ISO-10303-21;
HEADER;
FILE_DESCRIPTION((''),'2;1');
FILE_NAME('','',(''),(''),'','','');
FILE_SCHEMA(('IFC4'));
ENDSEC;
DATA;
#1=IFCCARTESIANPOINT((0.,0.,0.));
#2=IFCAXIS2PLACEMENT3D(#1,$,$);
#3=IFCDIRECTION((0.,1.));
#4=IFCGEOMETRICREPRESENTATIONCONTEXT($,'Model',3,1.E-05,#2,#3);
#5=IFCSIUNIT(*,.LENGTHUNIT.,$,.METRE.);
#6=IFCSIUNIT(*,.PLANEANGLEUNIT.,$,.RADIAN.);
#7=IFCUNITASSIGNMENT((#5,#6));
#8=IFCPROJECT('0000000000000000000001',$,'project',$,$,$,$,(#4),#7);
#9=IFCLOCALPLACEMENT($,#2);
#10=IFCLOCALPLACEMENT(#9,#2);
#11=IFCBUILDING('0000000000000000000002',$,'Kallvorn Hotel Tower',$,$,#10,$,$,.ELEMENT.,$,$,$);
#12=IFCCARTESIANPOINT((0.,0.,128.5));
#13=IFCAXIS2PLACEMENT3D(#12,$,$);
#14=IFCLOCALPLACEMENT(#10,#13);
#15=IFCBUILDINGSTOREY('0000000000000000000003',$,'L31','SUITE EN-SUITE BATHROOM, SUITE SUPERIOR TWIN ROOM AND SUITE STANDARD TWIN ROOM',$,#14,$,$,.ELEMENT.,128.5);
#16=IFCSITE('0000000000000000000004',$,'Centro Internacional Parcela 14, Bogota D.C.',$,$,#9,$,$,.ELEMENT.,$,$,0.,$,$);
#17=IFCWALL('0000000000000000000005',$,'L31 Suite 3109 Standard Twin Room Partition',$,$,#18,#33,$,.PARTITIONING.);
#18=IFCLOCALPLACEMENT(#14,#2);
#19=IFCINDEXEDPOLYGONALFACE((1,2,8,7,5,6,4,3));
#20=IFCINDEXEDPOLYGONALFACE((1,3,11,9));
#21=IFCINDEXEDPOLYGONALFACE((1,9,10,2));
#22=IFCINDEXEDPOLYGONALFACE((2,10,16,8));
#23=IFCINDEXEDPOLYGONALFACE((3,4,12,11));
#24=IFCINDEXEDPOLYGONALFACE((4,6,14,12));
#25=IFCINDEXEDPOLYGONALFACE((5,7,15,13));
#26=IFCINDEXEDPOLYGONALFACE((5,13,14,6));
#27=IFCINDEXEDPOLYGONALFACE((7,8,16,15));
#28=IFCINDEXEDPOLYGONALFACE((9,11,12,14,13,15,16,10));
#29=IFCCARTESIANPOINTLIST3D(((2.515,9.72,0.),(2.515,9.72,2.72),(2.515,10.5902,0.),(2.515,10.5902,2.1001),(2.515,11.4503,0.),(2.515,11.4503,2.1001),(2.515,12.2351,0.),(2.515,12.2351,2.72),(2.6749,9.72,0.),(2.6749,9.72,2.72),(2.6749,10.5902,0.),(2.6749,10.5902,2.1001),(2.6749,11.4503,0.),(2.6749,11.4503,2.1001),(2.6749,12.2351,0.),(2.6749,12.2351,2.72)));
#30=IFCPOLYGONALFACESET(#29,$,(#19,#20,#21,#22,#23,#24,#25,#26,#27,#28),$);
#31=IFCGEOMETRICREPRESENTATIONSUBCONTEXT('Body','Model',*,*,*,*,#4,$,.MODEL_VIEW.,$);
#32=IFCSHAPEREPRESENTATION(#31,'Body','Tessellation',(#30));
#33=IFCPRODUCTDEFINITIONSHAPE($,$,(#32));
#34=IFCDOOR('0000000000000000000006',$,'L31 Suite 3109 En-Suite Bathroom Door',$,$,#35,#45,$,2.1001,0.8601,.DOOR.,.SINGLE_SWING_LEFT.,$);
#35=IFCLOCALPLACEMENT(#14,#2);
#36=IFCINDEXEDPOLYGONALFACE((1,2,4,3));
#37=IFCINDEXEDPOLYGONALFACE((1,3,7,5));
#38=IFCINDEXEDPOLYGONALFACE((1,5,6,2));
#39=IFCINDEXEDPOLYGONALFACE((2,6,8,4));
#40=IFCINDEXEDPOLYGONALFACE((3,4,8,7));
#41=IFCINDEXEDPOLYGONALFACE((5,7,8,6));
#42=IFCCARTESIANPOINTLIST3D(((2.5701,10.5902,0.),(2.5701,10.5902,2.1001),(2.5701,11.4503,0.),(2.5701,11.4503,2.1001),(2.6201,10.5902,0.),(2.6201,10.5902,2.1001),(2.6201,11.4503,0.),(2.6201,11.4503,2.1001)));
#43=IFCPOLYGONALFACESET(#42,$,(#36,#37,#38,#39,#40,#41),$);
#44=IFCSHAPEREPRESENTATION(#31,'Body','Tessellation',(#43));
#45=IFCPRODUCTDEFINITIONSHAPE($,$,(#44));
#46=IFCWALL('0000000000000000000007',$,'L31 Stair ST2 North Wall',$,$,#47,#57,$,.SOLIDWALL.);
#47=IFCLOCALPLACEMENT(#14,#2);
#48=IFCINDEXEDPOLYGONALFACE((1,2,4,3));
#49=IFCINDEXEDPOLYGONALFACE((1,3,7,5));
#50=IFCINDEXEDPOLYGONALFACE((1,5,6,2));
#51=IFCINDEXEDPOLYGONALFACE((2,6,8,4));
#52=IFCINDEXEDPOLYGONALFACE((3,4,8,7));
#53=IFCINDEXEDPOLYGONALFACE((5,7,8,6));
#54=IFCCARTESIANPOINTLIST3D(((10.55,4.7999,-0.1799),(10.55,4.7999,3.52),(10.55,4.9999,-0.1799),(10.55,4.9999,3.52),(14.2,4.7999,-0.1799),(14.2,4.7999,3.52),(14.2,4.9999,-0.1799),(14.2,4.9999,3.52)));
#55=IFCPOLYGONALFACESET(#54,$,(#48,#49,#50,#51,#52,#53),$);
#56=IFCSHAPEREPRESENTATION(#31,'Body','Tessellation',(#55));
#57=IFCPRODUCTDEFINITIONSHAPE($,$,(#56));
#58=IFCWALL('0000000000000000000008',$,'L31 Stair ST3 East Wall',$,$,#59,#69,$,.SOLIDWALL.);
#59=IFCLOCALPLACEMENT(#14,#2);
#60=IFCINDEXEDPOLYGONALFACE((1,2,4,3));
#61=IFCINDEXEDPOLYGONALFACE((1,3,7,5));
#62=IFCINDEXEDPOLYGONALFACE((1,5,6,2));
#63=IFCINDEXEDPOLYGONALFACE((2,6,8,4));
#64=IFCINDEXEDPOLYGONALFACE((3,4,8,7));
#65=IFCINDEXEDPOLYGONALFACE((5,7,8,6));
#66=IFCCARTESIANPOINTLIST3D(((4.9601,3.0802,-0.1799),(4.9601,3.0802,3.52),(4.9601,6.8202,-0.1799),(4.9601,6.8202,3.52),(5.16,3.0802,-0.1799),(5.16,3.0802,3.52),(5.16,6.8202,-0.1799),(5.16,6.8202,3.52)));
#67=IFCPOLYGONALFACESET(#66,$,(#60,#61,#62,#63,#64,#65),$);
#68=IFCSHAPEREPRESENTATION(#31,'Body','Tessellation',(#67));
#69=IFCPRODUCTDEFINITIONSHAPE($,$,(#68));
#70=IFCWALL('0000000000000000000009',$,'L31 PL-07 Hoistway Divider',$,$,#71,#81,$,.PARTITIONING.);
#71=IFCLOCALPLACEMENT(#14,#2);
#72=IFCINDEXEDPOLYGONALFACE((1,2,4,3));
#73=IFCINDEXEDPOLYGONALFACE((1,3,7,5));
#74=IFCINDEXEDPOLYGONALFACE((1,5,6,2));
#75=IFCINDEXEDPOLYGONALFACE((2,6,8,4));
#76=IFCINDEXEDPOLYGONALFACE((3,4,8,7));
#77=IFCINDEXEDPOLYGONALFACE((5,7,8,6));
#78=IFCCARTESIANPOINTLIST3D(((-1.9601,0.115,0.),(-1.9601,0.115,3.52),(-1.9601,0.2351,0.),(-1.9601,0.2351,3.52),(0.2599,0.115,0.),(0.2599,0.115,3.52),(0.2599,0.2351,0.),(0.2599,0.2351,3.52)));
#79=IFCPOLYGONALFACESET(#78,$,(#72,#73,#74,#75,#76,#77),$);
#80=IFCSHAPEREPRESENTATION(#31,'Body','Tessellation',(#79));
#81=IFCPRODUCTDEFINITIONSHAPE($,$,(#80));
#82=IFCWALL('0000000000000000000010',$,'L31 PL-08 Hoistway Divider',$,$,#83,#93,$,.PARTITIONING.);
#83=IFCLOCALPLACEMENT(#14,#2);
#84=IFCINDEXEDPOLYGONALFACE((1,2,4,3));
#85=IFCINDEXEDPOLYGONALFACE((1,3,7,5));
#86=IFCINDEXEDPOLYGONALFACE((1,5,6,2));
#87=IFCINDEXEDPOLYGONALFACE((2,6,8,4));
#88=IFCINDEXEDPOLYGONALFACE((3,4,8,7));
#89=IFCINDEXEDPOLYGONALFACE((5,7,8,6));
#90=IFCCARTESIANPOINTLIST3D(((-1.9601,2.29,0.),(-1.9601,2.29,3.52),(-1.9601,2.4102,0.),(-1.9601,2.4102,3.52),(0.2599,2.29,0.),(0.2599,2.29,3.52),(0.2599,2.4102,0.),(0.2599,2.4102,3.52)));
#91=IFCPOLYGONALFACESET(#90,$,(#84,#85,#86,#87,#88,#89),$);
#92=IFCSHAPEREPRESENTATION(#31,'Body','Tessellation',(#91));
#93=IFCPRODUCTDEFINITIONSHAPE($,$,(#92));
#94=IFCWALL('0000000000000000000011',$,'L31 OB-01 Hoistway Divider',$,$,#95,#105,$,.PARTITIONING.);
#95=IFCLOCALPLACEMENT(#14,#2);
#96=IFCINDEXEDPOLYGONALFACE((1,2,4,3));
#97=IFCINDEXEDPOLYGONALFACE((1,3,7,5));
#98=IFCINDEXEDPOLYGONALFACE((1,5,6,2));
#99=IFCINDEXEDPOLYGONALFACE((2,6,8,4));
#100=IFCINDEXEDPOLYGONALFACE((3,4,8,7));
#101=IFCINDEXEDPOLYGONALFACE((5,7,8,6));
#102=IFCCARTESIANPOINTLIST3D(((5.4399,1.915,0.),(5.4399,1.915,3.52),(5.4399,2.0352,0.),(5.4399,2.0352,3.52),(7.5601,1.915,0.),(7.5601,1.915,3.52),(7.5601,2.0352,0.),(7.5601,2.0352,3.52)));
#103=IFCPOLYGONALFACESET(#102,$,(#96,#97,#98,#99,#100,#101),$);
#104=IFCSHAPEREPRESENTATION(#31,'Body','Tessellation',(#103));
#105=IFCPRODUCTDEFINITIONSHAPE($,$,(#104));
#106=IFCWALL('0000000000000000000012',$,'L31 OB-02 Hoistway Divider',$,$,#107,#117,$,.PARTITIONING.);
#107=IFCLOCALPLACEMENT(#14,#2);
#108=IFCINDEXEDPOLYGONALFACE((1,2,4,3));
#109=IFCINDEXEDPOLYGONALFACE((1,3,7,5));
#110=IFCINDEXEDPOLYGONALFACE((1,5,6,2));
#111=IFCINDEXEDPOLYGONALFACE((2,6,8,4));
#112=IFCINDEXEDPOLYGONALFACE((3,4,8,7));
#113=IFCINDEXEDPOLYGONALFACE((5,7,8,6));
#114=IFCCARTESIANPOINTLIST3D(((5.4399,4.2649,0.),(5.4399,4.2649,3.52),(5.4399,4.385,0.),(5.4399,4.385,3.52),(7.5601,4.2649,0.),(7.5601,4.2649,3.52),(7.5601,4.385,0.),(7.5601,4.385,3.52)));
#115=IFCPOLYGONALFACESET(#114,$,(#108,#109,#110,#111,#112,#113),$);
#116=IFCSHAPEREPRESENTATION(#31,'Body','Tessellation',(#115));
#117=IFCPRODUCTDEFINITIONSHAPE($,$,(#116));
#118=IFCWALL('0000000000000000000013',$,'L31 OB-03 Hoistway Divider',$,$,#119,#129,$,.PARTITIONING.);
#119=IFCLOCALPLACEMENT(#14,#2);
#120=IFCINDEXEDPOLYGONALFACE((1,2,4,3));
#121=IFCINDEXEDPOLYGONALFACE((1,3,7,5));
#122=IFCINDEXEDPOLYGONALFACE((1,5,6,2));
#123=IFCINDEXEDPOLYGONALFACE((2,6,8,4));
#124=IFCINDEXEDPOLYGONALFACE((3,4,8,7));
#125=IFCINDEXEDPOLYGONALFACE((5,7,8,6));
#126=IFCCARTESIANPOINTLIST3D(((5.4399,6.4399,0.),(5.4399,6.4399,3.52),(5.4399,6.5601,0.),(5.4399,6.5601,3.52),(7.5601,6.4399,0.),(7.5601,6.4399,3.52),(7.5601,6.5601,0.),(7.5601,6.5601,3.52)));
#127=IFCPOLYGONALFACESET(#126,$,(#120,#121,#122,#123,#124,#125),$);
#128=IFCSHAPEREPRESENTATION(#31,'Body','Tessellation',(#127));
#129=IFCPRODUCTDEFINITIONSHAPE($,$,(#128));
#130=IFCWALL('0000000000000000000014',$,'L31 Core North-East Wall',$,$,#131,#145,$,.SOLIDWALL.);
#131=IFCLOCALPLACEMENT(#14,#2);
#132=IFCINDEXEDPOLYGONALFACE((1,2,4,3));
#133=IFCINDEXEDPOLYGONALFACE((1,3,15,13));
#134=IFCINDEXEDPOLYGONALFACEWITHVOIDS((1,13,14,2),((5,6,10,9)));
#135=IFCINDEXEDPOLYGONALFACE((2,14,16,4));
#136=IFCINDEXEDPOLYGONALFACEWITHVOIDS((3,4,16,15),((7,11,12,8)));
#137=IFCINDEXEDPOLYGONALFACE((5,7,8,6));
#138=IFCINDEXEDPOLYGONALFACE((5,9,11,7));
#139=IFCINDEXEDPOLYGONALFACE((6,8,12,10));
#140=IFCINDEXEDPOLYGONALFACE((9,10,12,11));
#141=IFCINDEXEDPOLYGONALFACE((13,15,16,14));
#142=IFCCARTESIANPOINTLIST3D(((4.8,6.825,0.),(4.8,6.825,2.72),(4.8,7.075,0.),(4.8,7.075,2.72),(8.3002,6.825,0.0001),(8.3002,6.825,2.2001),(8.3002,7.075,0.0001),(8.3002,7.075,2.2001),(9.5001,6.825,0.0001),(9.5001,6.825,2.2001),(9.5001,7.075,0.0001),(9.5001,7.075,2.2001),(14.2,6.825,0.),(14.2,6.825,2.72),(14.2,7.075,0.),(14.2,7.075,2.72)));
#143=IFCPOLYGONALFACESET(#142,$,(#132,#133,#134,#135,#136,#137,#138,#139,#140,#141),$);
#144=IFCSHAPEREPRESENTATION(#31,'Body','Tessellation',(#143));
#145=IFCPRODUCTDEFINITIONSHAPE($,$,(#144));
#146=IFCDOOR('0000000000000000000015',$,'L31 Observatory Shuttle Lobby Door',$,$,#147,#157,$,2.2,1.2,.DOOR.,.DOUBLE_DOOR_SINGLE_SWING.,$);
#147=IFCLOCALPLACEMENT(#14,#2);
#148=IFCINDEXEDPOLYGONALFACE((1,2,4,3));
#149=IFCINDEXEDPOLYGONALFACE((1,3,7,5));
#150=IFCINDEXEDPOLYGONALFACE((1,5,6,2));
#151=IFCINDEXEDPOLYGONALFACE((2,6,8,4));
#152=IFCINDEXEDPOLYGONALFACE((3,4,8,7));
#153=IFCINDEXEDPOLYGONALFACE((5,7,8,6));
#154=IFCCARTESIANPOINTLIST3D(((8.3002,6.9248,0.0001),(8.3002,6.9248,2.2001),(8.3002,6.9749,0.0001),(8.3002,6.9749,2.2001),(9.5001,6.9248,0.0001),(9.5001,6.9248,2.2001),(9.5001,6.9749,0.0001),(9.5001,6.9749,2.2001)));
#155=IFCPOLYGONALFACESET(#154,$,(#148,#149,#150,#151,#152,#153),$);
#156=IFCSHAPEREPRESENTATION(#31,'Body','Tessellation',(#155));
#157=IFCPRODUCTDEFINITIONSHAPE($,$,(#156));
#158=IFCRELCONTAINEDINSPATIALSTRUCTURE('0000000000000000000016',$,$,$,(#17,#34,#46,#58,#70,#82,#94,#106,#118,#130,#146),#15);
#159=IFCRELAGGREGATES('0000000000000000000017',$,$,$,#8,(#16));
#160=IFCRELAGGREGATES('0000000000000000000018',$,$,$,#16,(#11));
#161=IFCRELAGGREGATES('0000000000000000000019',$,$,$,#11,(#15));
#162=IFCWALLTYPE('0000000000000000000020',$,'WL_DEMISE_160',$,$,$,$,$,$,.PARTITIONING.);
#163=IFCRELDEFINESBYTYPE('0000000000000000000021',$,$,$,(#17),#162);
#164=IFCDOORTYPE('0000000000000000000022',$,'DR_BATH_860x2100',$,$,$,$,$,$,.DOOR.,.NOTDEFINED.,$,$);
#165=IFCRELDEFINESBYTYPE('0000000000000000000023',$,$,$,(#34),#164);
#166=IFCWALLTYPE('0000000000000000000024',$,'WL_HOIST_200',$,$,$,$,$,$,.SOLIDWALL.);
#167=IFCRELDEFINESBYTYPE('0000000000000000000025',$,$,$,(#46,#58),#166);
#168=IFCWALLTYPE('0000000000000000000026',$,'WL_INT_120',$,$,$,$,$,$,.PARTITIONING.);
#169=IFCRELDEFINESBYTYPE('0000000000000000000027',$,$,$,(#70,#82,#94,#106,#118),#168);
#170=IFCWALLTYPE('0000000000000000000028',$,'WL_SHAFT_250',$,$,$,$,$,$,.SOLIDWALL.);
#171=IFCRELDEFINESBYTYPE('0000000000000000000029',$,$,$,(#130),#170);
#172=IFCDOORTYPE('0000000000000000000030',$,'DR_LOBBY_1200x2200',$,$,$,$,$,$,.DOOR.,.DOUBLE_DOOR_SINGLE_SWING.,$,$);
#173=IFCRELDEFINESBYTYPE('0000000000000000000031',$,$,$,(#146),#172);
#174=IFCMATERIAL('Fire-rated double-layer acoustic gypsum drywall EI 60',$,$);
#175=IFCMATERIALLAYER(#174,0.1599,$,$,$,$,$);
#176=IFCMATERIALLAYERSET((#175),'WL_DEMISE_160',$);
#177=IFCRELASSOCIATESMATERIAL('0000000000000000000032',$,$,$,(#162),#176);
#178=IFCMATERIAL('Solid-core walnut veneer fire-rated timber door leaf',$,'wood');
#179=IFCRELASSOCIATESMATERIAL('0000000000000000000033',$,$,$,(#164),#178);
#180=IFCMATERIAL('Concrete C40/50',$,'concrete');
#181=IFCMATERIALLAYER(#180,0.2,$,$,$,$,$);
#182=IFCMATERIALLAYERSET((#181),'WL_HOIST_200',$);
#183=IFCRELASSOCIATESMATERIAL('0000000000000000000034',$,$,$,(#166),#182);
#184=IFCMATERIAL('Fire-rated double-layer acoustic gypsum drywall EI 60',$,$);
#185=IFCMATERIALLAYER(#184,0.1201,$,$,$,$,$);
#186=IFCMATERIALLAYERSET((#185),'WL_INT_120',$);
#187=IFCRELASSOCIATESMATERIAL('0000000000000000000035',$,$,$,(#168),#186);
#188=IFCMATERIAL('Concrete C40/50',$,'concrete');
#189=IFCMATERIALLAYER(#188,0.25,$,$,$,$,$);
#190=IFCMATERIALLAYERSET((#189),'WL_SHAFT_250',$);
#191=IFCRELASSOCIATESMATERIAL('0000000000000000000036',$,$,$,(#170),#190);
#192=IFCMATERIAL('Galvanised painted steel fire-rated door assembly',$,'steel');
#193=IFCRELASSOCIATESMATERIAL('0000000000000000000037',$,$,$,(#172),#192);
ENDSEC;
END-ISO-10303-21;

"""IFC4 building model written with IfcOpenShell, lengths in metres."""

from ifc_helpers import new_model, si_unit, direction, frame, frame_2d, origin, place, context, subcontext, project, spatial, rectangle, extrude, material, layer, layer_set, type_object, element, fill, save


model = new_model("IFC4")

# Units and contexts
model_context = context("Model", 3, precision=1e-05, world=origin(), true_north=direction((0.0, 1.0)))
body_context = subcontext(model_context, "Body", "Model", "MODEL_VIEW")
ifc_project = project(units=[si_unit("LENGTHUNIT", "METRE"), si_unit("PLANEANGLEUNIT", "RADIAN")], contexts=[model_context])

# Site, building, storey
site_placement = place(None, origin())
site = spatial("IfcSite", under=ifc_project, at=site_placement, Name="Centro Internacional Parcela 14, Bogota D.C.", CompositionType="ELEMENT", RefElevation=0.0)
building_placement = place(site_placement, origin())
building = spatial("IfcBuilding", under=site, at=building_placement, Name="Kallvorn Hotel Tower", CompositionType="ELEMENT")
storey_placement = place(building_placement, frame((0.0, 0.0, 128.5)))
storey = spatial("IfcBuildingStorey", under=building, at=storey_placement, Name="L31", Description="SUITE EN-SUITE BATHROOM, SUITE SUPERIOR TWIN ROOM AND SUITE STANDARD TWIN ROOM", CompositionType="ELEMENT", Elevation=128.5)

# Shared definitions
ifc_material_1 = material(Name="Fire-rated double-layer acoustic gypsum drywall EI 60")
ifc_layer_1 = layer(ifc_material_1, 0.1599)
ifc_layer_set_1 = layer_set([ifc_layer_1], Name="WL_DEMISE_160")
wall_type_1 = type_object("IfcWallType", Name="WL_DEMISE_160", PredefinedType="PARTITIONING", material=ifc_layer_set_1)
ifc_material_2 = material(Name="Solid-core walnut veneer fire-rated timber door leaf", Category="wood")
door_type_1 = type_object("IfcDoorType", Name="DR_BATH_860x2100", OperationType="NOTDEFINED", PredefinedType="DOOR", material=ifc_material_2)

# Wall, opening, door
wall_1_placement = place(storey_placement, frame((2.595, 9.72, 0.0), z_axis=(0.0, 0.0, 1.0), x_axis=(0.0, 1.0, 0.0)))
wall_1 = element("IfcWall", 1, at=wall_1_placement, inside=storey, type_object=wall_type_1, Name="L31 Suite 3109 Standard Twin Room Partition", PredefinedType="PARTITIONING", context=body_context, shape_type="SweptSolid", body=[
    extrude(rectangle(XDim=2.5151, YDim=0.1599, at=frame_2d((1.2576, 0.0))), origin(), (0.0, 0.0, 1.0), 2.72),
])
opening_1_placement = place(wall_1_placement, frame((0.8701, 0.0, 0.0)))
opening_1 = element("IfcOpeningElement", 2, at=opening_1_placement, cuts=wall_1, PredefinedType="OPENING", context=body_context, shape_type="SweptSolid", body=[
    extrude(rectangle(XDim=0.8601, YDim=2.1001, at=frame_2d((0.4302, 1.05))), frame((0.0, 0.095, 0.0), z_axis=(0.0, -1.0, 0.0), x_axis=(1.0, 0.0, 0.0)), (0.0, 0.0, 1.0), 0.1899),
])
door_1_placement = place(opening_1_placement, origin())
door_1 = element("IfcDoor", 3, at=door_1_placement, inside=storey, type_object=door_type_1, Name="L31 Suite 3109 En-Suite Bathroom Door", OperationType="SINGLE_SWING_LEFT", OverallHeight=2.1001, OverallWidth=0.8601, PredefinedType="DOOR", context=body_context, shape_type="SweptSolid", body=[
    extrude(rectangle(XDim=0.8601, YDim=2.1001, at=frame_2d((0.4302, 1.05))), frame((0.0, 0.0249, 0.0), z_axis=(0.0, -1.0, 0.0), x_axis=(1.0, 0.0, 0.0)), (0.0, 0.0, 1.0), 0.05),
])
fill(opening_1, door_1)

# Walls
ifc_material_3 = material(Name="Concrete C40/50", Category="concrete")
ifc_layer_2 = layer(ifc_material_3, 0.2)
ifc_layer_set_2 = layer_set([ifc_layer_2], Name="WL_HOIST_200")
wall_type_2 = type_object("IfcWallType", Name="WL_HOIST_200", PredefinedType="SOLIDWALL", material=ifc_layer_set_2)
wall_2_placement = place(storey_placement, frame((10.55, 4.8999, -0.1799), z_axis=(0.0, 0.0, 1.0), x_axis=(1.0, 0.0, 0.0)))
element("IfcWall", 4, at=wall_2_placement, inside=storey, type_object=wall_type_2, Name="L31 Stair ST2 North Wall", PredefinedType="SOLIDWALL", context=body_context, shape_type="SweptSolid", body=[
    extrude(rectangle(XDim=3.6499, YDim=0.2, at=frame_2d((1.825, 0.0))), origin(), (0.0, 0.0, 1.0), 3.7),
])
wall_3_placement = place(storey_placement, frame((5.0601, 3.0801, -0.1799), z_axis=(0.0, 0.0, 1.0), x_axis=(0.0, 1.0, 0.0)))
element("IfcWall", 5, at=wall_3_placement, inside=storey, type_object=wall_type_2, Name="L31 Stair ST3 East Wall", PredefinedType="SOLIDWALL", context=body_context, shape_type="SweptSolid", body=[
    extrude(rectangle(XDim=3.74, YDim=0.2, at=frame_2d((1.8701, 0.0))), origin(), (0.0, 0.0, 1.0), 3.7),
])
ifc_material_4 = material(Name="Fire-rated double-layer acoustic gypsum drywall EI 60")
ifc_layer_3 = layer(ifc_material_4, 0.1201)
ifc_layer_set_3 = layer_set([ifc_layer_3], Name="WL_INT_120")
wall_type_3 = type_object("IfcWallType", Name="WL_INT_120", PredefinedType="PARTITIONING", material=ifc_layer_set_3)
for number, where, z_axis, x_axis, name in (
    (6, (-1.96, 0.175, 0.0), (0.0, 0.0, 1.0), (1.0, 0.0, 0.0), "L31 PL-07 Hoistway Divider"),
    (7, (-1.96, 2.3501, 0.0), (0.0, 0.0, 1.0), (1.0, 0.0, 0.0), "L31 PL-08 Hoistway Divider"),
):
    element("IfcWall", number, at=place(storey_placement, frame(where, z_axis=z_axis, x_axis=x_axis)), inside=storey, type_object=wall_type_3, Name=name, PredefinedType="PARTITIONING", context=body_context, shape_type="SweptSolid", body=[
        extrude(rectangle(XDim=2.22, YDim=0.1201, at=frame_2d((1.1099, 0.0))), origin(), (0.0, 0.0, 1.0), 3.52),
    ])
for number, where, z_axis, x_axis, name in (
    (8, (5.4399, 1.9751, 0.0), (0.0, 0.0, 1.0), (1.0, 0.0, 0.0), "L31 OB-01 Hoistway Divider"),
    (9, (5.4399, 4.325, 0.0), (0.0, 0.0, 1.0), (1.0, 0.0, 0.0), "L31 OB-02 Hoistway Divider"),
    (10, (5.4399, 6.5, 0.0), (0.0, 0.0, 1.0), (1.0, 0.0, 0.0), "L31 OB-03 Hoistway Divider"),
):
    element("IfcWall", number, at=place(storey_placement, frame(where, z_axis=z_axis, x_axis=x_axis)), inside=storey, type_object=wall_type_3, Name=name, PredefinedType="PARTITIONING", context=body_context, shape_type="SweptSolid", body=[
        extrude(rectangle(XDim=2.1201, YDim=0.1201, at=frame_2d((1.0601, 0.0))), origin(), (0.0, 0.0, 1.0), 3.52),
    ])

# Wall, opening, door
ifc_material_5 = material(Name="Concrete C40/50", Category="concrete")
ifc_layer_4 = layer(ifc_material_5, 0.25)
ifc_layer_set_4 = layer_set([ifc_layer_4], Name="WL_SHAFT_250")
wall_type_4 = type_object("IfcWallType", Name="WL_SHAFT_250", PredefinedType="SOLIDWALL", material=ifc_layer_set_4)
wall_4_placement = place(storey_placement, frame((4.8, 6.95, 0.0), z_axis=(0.0, 0.0, 1.0), x_axis=(1.0, 0.0, 0.0)))
wall_4 = element("IfcWall", 11, at=wall_4_placement, inside=storey, type_object=wall_type_4, Name="L31 Core North-East Wall", PredefinedType="SOLIDWALL", context=body_context, shape_type="SweptSolid", body=[
    extrude(rectangle(XDim=9.3999, YDim=0.25, at=frame_2d((4.7, 0.0))), origin(), (0.0, 0.0, 1.0), 2.72),
])
opening_2_placement = place(wall_4_placement, frame((3.5, 0.0, 0.0)))
opening_2 = element("IfcOpeningElement", 12, at=opening_2_placement, cuts=wall_4, PredefinedType="OPENING", context=body_context, shape_type="SweptSolid", body=[
    extrude(rectangle(XDim=1.2, YDim=2.2, at=frame_2d((0.6001, 1.1001))), frame((0.0, 0.1399, 0.0), z_axis=(0.0, -1.0, 0.0), x_axis=(1.0, 0.0, 0.0)), (0.0, 0.0, 1.0), 0.28),
])
ifc_material_6 = material(Name="Galvanised painted steel fire-rated door assembly", Category="steel")
door_type_2 = type_object("IfcDoorType", Name="DR_LOBBY_1200x2200", OperationType="DOUBLE_DOOR_SINGLE_SWING", PredefinedType="DOOR", material=ifc_material_6)
door_2_placement = place(opening_2_placement, origin())
door_2 = element("IfcDoor", 13, at=door_2_placement, inside=storey, type_object=door_type_2, Name="L31 Observatory Shuttle Lobby Door", OperationType="DOUBLE_DOOR_SINGLE_SWING", OverallHeight=2.2, OverallWidth=1.2, PredefinedType="DOOR", context=body_context, shape_type="SweptSolid", body=[
    extrude(rectangle(XDim=1.2, YDim=2.2, at=frame_2d((0.6001, 1.1001))), frame((0.0, 0.0249, 0.0), z_axis=(0.0, -1.0, 0.0), x_axis=(1.0, 0.0, 0.0)), (0.0, 0.0, 1.0), 0.05),
])
fill(opening_2, door_2)

save(model, "model.ifc")
